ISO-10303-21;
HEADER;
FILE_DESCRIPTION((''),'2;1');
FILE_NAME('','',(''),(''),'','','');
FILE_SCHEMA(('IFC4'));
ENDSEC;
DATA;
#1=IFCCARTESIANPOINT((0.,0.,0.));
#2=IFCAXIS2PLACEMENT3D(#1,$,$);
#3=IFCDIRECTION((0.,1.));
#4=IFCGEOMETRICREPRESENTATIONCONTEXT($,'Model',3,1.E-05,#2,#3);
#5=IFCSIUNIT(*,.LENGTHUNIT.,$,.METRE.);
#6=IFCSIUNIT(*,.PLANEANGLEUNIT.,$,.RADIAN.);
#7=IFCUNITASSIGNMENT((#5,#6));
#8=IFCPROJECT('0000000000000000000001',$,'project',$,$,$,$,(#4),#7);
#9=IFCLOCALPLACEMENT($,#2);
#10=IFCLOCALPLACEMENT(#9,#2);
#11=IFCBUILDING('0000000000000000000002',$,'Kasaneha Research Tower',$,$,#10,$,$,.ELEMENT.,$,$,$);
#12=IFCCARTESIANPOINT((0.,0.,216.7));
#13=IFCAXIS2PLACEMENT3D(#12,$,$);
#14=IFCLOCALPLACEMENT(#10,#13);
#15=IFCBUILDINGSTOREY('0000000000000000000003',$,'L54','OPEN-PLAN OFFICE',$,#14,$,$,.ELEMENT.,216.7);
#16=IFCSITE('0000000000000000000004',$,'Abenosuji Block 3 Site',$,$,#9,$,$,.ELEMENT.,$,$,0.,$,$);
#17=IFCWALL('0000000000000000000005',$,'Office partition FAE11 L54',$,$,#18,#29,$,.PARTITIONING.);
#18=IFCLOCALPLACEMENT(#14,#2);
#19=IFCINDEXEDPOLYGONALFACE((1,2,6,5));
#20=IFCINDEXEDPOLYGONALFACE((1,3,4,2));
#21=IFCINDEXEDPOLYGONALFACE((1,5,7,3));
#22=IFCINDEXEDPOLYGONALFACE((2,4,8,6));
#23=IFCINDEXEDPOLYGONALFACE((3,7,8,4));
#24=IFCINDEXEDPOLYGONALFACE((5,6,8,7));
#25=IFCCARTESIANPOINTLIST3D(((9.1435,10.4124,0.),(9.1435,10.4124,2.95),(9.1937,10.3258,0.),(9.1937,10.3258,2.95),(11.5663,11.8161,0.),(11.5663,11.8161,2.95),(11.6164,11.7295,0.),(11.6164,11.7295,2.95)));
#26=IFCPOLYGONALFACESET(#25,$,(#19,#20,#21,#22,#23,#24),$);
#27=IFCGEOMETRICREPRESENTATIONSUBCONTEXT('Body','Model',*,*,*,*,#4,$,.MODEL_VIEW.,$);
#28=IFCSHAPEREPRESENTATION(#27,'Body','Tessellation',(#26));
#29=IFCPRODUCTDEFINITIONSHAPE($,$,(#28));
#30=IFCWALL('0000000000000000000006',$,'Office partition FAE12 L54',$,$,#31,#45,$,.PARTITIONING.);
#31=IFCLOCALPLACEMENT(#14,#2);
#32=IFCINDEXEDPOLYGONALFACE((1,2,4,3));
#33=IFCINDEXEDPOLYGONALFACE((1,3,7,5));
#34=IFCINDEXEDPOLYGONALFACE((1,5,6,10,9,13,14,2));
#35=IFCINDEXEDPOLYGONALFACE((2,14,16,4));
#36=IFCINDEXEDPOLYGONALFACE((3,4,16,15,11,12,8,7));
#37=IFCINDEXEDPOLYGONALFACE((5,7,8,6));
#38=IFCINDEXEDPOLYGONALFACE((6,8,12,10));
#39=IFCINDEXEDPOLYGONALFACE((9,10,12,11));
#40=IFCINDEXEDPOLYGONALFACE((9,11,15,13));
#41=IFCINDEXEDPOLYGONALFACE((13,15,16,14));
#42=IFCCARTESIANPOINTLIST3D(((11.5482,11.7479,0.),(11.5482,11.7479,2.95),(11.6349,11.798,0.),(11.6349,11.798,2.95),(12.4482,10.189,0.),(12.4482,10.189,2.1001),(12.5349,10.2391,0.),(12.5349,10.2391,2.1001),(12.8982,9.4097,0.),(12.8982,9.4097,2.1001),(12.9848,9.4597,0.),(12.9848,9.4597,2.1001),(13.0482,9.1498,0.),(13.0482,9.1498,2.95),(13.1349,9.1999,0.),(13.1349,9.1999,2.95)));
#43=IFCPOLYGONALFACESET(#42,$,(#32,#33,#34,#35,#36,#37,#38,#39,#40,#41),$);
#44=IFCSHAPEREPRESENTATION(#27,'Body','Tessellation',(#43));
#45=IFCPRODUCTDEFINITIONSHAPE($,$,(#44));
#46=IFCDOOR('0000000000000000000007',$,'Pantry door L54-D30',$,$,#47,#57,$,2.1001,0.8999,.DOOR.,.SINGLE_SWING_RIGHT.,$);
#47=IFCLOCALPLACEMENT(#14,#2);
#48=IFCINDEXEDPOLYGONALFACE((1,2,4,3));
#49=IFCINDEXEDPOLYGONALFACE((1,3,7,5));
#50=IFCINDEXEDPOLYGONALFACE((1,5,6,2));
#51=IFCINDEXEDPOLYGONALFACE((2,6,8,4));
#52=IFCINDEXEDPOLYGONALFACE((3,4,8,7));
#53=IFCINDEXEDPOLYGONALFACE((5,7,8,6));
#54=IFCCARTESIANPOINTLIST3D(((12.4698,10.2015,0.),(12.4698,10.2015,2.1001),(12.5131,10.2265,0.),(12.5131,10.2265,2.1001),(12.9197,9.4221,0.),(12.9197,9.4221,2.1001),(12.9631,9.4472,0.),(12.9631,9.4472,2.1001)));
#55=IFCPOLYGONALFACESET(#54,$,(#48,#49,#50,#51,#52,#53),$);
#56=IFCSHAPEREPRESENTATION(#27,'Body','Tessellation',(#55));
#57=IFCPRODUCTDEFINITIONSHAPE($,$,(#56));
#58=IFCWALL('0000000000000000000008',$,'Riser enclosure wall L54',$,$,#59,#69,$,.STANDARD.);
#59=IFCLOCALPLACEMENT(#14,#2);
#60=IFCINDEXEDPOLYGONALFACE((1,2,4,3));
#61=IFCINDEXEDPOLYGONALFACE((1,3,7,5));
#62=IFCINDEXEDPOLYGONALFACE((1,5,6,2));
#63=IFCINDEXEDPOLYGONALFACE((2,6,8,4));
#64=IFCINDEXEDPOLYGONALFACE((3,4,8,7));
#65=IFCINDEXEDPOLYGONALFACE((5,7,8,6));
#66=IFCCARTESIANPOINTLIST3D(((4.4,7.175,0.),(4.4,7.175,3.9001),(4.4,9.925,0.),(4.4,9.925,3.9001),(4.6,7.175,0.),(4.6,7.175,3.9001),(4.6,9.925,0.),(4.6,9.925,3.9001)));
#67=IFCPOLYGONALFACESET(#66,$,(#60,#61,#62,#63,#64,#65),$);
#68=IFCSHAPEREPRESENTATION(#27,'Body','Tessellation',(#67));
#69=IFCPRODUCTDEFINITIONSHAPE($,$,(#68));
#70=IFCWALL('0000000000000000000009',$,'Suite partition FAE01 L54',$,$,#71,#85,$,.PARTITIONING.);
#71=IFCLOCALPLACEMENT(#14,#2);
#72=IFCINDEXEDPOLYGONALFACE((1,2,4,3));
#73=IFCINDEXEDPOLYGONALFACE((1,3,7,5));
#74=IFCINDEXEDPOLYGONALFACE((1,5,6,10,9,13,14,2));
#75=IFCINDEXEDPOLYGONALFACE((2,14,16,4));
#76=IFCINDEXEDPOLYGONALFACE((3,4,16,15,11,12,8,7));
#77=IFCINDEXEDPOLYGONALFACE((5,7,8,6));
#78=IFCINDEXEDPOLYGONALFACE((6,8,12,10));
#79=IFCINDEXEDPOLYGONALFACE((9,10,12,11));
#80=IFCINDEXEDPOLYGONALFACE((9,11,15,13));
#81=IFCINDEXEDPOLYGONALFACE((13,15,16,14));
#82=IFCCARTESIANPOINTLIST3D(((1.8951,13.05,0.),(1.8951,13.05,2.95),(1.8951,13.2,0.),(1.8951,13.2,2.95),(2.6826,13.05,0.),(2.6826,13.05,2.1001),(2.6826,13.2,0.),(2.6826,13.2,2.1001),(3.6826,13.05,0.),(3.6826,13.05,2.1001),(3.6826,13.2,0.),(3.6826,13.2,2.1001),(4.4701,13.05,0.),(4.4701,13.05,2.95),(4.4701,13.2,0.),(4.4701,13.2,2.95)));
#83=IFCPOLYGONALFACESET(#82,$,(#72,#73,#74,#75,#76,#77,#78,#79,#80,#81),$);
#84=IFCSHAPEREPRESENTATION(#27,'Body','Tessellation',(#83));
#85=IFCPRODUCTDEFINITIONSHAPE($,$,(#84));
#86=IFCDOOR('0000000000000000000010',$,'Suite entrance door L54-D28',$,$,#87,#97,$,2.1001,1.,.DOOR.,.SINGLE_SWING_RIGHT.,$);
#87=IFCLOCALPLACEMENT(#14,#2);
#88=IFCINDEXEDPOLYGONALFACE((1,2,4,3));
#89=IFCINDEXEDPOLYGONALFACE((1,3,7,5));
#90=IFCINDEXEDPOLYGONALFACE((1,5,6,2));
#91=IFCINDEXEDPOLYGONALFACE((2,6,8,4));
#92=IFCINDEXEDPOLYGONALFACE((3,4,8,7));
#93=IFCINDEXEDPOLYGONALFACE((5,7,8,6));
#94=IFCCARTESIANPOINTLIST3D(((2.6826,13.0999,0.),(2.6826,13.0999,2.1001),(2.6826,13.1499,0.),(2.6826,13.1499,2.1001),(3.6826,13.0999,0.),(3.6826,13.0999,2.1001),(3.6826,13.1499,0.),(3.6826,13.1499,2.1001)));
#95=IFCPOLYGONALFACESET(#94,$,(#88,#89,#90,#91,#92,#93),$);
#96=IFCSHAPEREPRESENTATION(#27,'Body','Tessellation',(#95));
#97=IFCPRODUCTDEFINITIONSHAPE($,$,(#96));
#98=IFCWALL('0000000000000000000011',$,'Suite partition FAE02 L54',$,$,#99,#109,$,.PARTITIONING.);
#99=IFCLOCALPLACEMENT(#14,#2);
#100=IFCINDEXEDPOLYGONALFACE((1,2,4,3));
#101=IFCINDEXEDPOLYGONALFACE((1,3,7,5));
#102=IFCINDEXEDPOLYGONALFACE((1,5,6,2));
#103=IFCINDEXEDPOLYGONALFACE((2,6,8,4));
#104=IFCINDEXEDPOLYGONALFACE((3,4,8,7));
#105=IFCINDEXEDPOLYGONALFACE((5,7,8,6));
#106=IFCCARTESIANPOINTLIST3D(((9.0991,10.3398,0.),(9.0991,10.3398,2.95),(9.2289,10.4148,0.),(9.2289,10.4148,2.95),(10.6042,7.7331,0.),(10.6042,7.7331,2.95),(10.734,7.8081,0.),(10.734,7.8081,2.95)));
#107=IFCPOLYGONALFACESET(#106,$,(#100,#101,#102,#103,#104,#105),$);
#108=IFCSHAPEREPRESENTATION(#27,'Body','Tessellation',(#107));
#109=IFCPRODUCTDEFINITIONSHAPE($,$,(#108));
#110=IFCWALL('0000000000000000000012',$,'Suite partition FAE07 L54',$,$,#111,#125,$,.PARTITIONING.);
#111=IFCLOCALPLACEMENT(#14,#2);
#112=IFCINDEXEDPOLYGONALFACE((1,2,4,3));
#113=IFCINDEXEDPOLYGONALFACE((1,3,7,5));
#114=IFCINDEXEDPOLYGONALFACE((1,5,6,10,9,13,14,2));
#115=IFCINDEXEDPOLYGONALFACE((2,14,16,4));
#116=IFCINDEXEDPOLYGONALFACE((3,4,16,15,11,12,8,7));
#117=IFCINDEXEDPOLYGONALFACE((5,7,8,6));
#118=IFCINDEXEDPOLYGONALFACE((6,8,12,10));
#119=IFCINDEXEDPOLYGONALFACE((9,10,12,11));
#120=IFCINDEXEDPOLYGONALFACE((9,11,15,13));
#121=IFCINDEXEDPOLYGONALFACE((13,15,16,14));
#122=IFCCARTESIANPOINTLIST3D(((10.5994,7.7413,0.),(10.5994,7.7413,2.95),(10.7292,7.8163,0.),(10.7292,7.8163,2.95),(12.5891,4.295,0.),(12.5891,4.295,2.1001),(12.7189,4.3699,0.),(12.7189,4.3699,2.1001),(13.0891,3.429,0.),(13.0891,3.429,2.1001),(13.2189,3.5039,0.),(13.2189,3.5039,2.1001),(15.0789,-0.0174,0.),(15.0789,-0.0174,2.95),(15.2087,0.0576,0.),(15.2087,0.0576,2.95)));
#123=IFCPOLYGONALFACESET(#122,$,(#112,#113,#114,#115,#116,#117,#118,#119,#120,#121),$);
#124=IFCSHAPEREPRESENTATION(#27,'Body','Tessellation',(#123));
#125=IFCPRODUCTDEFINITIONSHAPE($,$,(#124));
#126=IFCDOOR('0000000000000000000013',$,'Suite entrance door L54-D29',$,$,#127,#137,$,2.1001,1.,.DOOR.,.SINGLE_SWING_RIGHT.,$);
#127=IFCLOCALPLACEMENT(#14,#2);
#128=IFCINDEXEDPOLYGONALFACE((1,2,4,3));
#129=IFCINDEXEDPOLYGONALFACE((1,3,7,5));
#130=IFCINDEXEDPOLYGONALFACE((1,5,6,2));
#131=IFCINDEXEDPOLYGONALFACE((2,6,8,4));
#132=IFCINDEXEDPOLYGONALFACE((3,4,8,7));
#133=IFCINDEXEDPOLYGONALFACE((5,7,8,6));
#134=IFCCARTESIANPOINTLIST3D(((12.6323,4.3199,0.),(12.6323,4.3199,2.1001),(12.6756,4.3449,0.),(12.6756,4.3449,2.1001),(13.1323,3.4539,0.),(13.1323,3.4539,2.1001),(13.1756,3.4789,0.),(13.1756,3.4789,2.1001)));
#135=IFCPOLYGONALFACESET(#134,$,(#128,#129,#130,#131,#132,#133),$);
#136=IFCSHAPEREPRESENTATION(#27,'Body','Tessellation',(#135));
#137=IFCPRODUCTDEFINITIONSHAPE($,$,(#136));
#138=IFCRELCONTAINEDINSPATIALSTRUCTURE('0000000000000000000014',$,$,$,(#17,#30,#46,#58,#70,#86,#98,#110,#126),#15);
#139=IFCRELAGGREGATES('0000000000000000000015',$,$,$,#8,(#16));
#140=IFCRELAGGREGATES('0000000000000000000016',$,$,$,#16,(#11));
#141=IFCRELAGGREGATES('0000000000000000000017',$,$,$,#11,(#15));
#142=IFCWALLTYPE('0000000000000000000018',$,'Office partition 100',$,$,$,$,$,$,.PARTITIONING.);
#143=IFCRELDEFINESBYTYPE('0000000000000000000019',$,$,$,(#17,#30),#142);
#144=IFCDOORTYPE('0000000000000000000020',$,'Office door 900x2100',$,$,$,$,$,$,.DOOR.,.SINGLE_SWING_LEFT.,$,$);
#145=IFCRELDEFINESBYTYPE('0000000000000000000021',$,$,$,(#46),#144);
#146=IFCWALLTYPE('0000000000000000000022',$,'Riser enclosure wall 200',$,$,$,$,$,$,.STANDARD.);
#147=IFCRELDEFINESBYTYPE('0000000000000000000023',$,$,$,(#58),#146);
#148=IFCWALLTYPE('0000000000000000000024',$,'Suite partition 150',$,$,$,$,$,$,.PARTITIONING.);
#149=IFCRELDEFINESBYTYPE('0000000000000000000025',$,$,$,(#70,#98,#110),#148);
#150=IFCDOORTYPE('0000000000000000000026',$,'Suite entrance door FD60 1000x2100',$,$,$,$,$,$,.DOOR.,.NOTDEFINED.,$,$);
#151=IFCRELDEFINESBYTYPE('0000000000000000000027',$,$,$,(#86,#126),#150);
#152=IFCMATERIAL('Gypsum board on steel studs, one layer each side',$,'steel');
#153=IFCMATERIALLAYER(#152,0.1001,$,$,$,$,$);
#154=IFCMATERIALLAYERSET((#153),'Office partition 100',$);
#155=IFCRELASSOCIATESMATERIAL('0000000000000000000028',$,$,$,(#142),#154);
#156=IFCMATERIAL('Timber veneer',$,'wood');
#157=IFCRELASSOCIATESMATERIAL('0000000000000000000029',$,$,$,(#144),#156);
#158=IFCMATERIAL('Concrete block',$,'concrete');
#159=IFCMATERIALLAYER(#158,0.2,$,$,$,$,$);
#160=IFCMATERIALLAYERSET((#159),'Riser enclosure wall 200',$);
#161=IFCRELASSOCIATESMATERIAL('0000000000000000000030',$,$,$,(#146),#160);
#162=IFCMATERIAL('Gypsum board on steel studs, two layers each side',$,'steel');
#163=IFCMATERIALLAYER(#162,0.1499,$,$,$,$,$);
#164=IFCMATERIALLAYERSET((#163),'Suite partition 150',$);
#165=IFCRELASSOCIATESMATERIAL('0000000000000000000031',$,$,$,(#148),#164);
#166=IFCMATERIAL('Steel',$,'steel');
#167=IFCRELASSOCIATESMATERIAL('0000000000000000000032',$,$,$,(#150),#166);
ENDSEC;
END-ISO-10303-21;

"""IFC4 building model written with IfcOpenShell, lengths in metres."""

from ifc_helpers import new_model, si_unit, direction, frame, frame_2d, origin, place, context, subcontext, project, spatial, rectangle, extrude, material, layer, layer_set, type_object, element, fill, save


model = new_model("IFC4")

# Units and contexts
model_context = context("Model", 3, precision=1e-05, world=origin(), true_north=direction((0.0, 1.0)))
body_context = subcontext(model_context, "Body", "Model", "MODEL_VIEW")
ifc_project = project(units=[si_unit("LENGTHUNIT", "METRE"), si_unit("PLANEANGLEUNIT", "RADIAN")], contexts=[model_context])

# Site, building, storey
site_placement = place(None, origin())
site = spatial("IfcSite", under=ifc_project, at=site_placement, Name="Abenosuji Block 3 Site", CompositionType="ELEMENT", RefElevation=0.0)
building_placement = place(site_placement, origin())
building = spatial("IfcBuilding", under=site, at=building_placement, Name="Kasaneha Research Tower", CompositionType="ELEMENT")
storey_placement = place(building_placement, frame((0.0, 0.0, 216.7)))
storey = spatial("IfcBuildingStorey", under=building, at=storey_placement, Name="L54", Description="OPEN-PLAN OFFICE", CompositionType="ELEMENT", Elevation=216.7)

# Wall
ifc_material_1 = material(Name="Gypsum board on steel studs, one layer each side", Category="steel")
ifc_layer_1 = layer(ifc_material_1, 0.1001)
ifc_layer_set_1 = layer_set([ifc_layer_1], Name="Office partition 100")
wall_type_1 = type_object("IfcWallType", Name="Office partition 100", PredefinedType="PARTITIONING", material=ifc_layer_set_1)
for number, where, z_axis, x_axis, name in (
    (1, (9.1687, 10.3691, 0.0), (0.0, 0.0, 1.0), (0.865255, 0.501332, 0.0), "Office partition FAE11 L54"),
):
    element("IfcWall", number, at=place(storey_placement, frame(where, z_axis=z_axis, x_axis=x_axis)), inside=storey, type_object=wall_type_1, Name=name, PredefinedType="PARTITIONING", context=body_context, shape_type="SweptSolid", body=[
        extrude(rectangle(XDim=2.8, YDim=0.1001, at=frame_2d((1.3999, 0.0))), origin(), (0.0, 0.0, 1.0), 2.95),
    ])

# Wall, opening, door
wall_1_placement = place(storey_placement, frame((11.5916, 11.7729, 0.0), z_axis=(0.0, 0.0, 1.0), x_axis=(0.49999, -0.866031, 0.0)))
wall_1 = element("IfcWall", 2, at=wall_1_placement, inside=storey, type_object=wall_type_1, Name="Office partition FAE12 L54", PredefinedType="PARTITIONING", context=body_context, shape_type="SweptSolid", body=[
    extrude(rectangle(XDim=3.0, YDim=0.1001, at=frame_2d((1.5, 0.0))), origin(), (0.0, 0.0, 1.0), 2.95),
])
opening_1_placement = place(wall_1_placement, frame((1.8, 0.0, 0.0)))
opening_1 = element("IfcOpeningElement", 3, at=opening_1_placement, cuts=wall_1, PredefinedType="OPENING", context=body_context, shape_type="SweptSolid", body=[
    extrude(rectangle(XDim=0.8999, YDim=2.1001, at=frame_2d((0.45, 1.05))), frame((0.0, 0.0601, 0.0), z_axis=(0.0, -1.0, 0.0), x_axis=(1.0, 0.0, 0.0)), (0.0, 0.0, 1.0), 0.1201),
])
ifc_material_2 = material(Name="Timber veneer", Category="wood")
door_type_1 = type_object("IfcDoorType", Name="Office door 900x2100", OperationType="SINGLE_SWING_LEFT", PredefinedType="DOOR", material=ifc_material_2)
door_1_placement = place(opening_1_placement, origin())
door_1 = element("IfcDoor", 4, at=door_1_placement, inside=storey, type_object=door_type_1, Name="Pantry door L54-D30", OperationType="SINGLE_SWING_RIGHT", OverallHeight=2.1001, OverallWidth=0.8999, PredefinedType="DOOR", context=body_context, shape_type="SweptSolid", body=[
    extrude(rectangle(XDim=0.8999, YDim=2.1001, at=frame_2d((0.45, 1.05))), frame((0.0, 0.0249, 0.0), z_axis=(0.0, -1.0, 0.0), x_axis=(1.0, 0.0, 0.0)), (0.0, 0.0, 1.0), 0.05),
])
fill(opening_1, door_1)

# Wall
ifc_material_3 = material(Name="Concrete block", Category="concrete")
ifc_layer_2 = layer(ifc_material_3, 0.2)
ifc_layer_set_2 = layer_set([ifc_layer_2], Name="Riser enclosure wall 200")
wall_type_2 = type_object("IfcWallType", Name="Riser enclosure wall 200", PredefinedType="STANDARD", material=ifc_layer_set_2)
wall_2_placement = place(storey_placement, frame((4.5, 7.175, 0.0), z_axis=(0.0, 0.0, 1.0), x_axis=(0.0, 1.0, 0.0)))
element("IfcWall", 5, at=wall_2_placement, inside=storey, type_object=wall_type_2, Name="Riser enclosure wall L54", PredefinedType="STANDARD", context=body_context, shape_type="SweptSolid", body=[
    extrude(rectangle(XDim=2.75, YDim=0.2, at=frame_2d((1.375, 0.0))), origin(), (0.0, 0.0, 1.0), 3.9001),
])

# Wall, opening, door
ifc_material_4 = material(Name="Gypsum board on steel studs, two layers each side", Category="steel")
ifc_layer_3 = layer(ifc_material_4, 0.1499)
ifc_layer_set_3 = layer_set([ifc_layer_3], Name="Suite partition 150")
wall_type_3 = type_object("IfcWallType", Name="Suite partition 150", PredefinedType="PARTITIONING", material=ifc_layer_set_3)
wall_3_placement = place(storey_placement, frame((1.895, 13.125, 0.0), z_axis=(0.0, 0.0, 1.0), x_axis=(1.0, 0.0, 0.0)))
wall_3 = element("IfcWall", 6, at=wall_3_placement, inside=storey, type_object=wall_type_3, Name="Suite partition FAE01 L54", PredefinedType="PARTITIONING", context=body_context, shape_type="SweptSolid", body=[
    extrude(rectangle(XDim=2.575, YDim=0.1499, at=frame_2d((1.2876, 0.0))), origin(), (0.0, 0.0, 1.0), 2.95),
])
opening_2_placement = place(wall_3_placement, frame((0.7876, 0.0, 0.0)))
opening_2 = element("IfcOpeningElement", 7, at=opening_2_placement, cuts=wall_3, PredefinedType="OPENING", context=body_context, shape_type="SweptSolid", body=[
    extrude(rectangle(XDim=1.0, YDim=2.1001, at=frame_2d((0.5, 1.05))), frame((0.0, 0.085, 0.0), z_axis=(0.0, -1.0, 0.0), x_axis=(1.0, 0.0, 0.0)), (0.0, 0.0, 1.0), 0.1699),
])
ifc_material_5 = material(Name="Steel", Category="steel")
door_type_2 = type_object("IfcDoorType", Name="Suite entrance door FD60 1000x2100", OperationType="NOTDEFINED", PredefinedType="DOOR", material=ifc_material_5)
door_2_placement = place(opening_2_placement, origin())
door_2 = element("IfcDoor", 8, at=door_2_placement, inside=storey, type_object=door_type_2, Name="Suite entrance door L54-D28", OperationType="SINGLE_SWING_RIGHT", OverallHeight=2.1001, OverallWidth=1.0, PredefinedType="DOOR", context=body_context, shape_type="SweptSolid", body=[
    extrude(rectangle(XDim=1.0, YDim=2.1001, at=frame_2d((0.5, 1.05))), frame((0.0, 0.0249, 0.0), z_axis=(0.0, -1.0, 0.0), x_axis=(1.0, 0.0, 0.0)), (0.0, 0.0, 1.0), 0.05),
])
fill(opening_2, door_2)

# Wall
wall_4_placement = place(storey_placement, frame((9.1641, 10.3772, 0.0), z_axis=(0.0, 0.0, 1.0), x_axis=(0.500038, -0.866003, 0.0)))
element("IfcWall", 9, at=wall_4_placement, inside=storey, type_object=wall_type_3, Name="Suite partition FAE02 L54", PredefinedType="PARTITIONING", context=body_context, shape_type="SweptSolid", body=[
    extrude(rectangle(XDim=3.01, YDim=0.1499, at=frame_2d((1.5049, 0.0))), origin(), (0.0, 0.0, 1.0), 2.95),
])

# Wall, opening, door
wall_5_placement = place(storey_placement, frame((10.6643, 7.7788, 0.0), z_axis=(0.0, 0.0, 1.0), x_axis=(0.499996, -0.866028, 0.0)))
wall_5 = element("IfcWall", 10, at=wall_5_placement, inside=storey, type_object=wall_type_3, Name="Suite partition FAE07 L54", PredefinedType="PARTITIONING", context=body_context, shape_type="SweptSolid", body=[
    extrude(rectangle(XDim=8.959, YDim=0.1499, at=frame_2d((4.4795, 0.0))), origin(), (0.0, 0.0, 1.0), 2.95),
])
opening_3_placement = place(wall_5_placement, frame((3.9795, 0.0, 0.0)))
opening_3 = element("IfcOpeningElement", 11, at=opening_3_placement, cuts=wall_5, PredefinedType="OPENING", context=body_context, shape_type="SweptSolid", body=[
    extrude(rectangle(XDim=1.0, YDim=2.1001, at=frame_2d((0.5, 1.05))), frame((0.0, 0.085, 0.0), z_axis=(0.0, -1.0, 0.0), x_axis=(1.0, 0.0, 0.0)), (0.0, 0.0, 1.0), 0.1699),
])
door_3_placement = place(opening_3_placement, origin())
door_3 = element("IfcDoor", 12, at=door_3_placement, inside=storey, type_object=door_type_2, Name="Suite entrance door L54-D29", OperationType="SINGLE_SWING_RIGHT", OverallHeight=2.1001, OverallWidth=1.0, PredefinedType="DOOR", context=body_context, shape_type="SweptSolid", body=[
    extrude(rectangle(XDim=1.0, YDim=2.1001, at=frame_2d((0.5, 1.05))), frame((0.0, 0.0249, 0.0), z_axis=(0.0, -1.0, 0.0), x_axis=(1.0, 0.0, 0.0)), (0.0, 0.0, 1.0), 0.05),
])
fill(opening_3, door_3)

save(model, "model.ifc")
